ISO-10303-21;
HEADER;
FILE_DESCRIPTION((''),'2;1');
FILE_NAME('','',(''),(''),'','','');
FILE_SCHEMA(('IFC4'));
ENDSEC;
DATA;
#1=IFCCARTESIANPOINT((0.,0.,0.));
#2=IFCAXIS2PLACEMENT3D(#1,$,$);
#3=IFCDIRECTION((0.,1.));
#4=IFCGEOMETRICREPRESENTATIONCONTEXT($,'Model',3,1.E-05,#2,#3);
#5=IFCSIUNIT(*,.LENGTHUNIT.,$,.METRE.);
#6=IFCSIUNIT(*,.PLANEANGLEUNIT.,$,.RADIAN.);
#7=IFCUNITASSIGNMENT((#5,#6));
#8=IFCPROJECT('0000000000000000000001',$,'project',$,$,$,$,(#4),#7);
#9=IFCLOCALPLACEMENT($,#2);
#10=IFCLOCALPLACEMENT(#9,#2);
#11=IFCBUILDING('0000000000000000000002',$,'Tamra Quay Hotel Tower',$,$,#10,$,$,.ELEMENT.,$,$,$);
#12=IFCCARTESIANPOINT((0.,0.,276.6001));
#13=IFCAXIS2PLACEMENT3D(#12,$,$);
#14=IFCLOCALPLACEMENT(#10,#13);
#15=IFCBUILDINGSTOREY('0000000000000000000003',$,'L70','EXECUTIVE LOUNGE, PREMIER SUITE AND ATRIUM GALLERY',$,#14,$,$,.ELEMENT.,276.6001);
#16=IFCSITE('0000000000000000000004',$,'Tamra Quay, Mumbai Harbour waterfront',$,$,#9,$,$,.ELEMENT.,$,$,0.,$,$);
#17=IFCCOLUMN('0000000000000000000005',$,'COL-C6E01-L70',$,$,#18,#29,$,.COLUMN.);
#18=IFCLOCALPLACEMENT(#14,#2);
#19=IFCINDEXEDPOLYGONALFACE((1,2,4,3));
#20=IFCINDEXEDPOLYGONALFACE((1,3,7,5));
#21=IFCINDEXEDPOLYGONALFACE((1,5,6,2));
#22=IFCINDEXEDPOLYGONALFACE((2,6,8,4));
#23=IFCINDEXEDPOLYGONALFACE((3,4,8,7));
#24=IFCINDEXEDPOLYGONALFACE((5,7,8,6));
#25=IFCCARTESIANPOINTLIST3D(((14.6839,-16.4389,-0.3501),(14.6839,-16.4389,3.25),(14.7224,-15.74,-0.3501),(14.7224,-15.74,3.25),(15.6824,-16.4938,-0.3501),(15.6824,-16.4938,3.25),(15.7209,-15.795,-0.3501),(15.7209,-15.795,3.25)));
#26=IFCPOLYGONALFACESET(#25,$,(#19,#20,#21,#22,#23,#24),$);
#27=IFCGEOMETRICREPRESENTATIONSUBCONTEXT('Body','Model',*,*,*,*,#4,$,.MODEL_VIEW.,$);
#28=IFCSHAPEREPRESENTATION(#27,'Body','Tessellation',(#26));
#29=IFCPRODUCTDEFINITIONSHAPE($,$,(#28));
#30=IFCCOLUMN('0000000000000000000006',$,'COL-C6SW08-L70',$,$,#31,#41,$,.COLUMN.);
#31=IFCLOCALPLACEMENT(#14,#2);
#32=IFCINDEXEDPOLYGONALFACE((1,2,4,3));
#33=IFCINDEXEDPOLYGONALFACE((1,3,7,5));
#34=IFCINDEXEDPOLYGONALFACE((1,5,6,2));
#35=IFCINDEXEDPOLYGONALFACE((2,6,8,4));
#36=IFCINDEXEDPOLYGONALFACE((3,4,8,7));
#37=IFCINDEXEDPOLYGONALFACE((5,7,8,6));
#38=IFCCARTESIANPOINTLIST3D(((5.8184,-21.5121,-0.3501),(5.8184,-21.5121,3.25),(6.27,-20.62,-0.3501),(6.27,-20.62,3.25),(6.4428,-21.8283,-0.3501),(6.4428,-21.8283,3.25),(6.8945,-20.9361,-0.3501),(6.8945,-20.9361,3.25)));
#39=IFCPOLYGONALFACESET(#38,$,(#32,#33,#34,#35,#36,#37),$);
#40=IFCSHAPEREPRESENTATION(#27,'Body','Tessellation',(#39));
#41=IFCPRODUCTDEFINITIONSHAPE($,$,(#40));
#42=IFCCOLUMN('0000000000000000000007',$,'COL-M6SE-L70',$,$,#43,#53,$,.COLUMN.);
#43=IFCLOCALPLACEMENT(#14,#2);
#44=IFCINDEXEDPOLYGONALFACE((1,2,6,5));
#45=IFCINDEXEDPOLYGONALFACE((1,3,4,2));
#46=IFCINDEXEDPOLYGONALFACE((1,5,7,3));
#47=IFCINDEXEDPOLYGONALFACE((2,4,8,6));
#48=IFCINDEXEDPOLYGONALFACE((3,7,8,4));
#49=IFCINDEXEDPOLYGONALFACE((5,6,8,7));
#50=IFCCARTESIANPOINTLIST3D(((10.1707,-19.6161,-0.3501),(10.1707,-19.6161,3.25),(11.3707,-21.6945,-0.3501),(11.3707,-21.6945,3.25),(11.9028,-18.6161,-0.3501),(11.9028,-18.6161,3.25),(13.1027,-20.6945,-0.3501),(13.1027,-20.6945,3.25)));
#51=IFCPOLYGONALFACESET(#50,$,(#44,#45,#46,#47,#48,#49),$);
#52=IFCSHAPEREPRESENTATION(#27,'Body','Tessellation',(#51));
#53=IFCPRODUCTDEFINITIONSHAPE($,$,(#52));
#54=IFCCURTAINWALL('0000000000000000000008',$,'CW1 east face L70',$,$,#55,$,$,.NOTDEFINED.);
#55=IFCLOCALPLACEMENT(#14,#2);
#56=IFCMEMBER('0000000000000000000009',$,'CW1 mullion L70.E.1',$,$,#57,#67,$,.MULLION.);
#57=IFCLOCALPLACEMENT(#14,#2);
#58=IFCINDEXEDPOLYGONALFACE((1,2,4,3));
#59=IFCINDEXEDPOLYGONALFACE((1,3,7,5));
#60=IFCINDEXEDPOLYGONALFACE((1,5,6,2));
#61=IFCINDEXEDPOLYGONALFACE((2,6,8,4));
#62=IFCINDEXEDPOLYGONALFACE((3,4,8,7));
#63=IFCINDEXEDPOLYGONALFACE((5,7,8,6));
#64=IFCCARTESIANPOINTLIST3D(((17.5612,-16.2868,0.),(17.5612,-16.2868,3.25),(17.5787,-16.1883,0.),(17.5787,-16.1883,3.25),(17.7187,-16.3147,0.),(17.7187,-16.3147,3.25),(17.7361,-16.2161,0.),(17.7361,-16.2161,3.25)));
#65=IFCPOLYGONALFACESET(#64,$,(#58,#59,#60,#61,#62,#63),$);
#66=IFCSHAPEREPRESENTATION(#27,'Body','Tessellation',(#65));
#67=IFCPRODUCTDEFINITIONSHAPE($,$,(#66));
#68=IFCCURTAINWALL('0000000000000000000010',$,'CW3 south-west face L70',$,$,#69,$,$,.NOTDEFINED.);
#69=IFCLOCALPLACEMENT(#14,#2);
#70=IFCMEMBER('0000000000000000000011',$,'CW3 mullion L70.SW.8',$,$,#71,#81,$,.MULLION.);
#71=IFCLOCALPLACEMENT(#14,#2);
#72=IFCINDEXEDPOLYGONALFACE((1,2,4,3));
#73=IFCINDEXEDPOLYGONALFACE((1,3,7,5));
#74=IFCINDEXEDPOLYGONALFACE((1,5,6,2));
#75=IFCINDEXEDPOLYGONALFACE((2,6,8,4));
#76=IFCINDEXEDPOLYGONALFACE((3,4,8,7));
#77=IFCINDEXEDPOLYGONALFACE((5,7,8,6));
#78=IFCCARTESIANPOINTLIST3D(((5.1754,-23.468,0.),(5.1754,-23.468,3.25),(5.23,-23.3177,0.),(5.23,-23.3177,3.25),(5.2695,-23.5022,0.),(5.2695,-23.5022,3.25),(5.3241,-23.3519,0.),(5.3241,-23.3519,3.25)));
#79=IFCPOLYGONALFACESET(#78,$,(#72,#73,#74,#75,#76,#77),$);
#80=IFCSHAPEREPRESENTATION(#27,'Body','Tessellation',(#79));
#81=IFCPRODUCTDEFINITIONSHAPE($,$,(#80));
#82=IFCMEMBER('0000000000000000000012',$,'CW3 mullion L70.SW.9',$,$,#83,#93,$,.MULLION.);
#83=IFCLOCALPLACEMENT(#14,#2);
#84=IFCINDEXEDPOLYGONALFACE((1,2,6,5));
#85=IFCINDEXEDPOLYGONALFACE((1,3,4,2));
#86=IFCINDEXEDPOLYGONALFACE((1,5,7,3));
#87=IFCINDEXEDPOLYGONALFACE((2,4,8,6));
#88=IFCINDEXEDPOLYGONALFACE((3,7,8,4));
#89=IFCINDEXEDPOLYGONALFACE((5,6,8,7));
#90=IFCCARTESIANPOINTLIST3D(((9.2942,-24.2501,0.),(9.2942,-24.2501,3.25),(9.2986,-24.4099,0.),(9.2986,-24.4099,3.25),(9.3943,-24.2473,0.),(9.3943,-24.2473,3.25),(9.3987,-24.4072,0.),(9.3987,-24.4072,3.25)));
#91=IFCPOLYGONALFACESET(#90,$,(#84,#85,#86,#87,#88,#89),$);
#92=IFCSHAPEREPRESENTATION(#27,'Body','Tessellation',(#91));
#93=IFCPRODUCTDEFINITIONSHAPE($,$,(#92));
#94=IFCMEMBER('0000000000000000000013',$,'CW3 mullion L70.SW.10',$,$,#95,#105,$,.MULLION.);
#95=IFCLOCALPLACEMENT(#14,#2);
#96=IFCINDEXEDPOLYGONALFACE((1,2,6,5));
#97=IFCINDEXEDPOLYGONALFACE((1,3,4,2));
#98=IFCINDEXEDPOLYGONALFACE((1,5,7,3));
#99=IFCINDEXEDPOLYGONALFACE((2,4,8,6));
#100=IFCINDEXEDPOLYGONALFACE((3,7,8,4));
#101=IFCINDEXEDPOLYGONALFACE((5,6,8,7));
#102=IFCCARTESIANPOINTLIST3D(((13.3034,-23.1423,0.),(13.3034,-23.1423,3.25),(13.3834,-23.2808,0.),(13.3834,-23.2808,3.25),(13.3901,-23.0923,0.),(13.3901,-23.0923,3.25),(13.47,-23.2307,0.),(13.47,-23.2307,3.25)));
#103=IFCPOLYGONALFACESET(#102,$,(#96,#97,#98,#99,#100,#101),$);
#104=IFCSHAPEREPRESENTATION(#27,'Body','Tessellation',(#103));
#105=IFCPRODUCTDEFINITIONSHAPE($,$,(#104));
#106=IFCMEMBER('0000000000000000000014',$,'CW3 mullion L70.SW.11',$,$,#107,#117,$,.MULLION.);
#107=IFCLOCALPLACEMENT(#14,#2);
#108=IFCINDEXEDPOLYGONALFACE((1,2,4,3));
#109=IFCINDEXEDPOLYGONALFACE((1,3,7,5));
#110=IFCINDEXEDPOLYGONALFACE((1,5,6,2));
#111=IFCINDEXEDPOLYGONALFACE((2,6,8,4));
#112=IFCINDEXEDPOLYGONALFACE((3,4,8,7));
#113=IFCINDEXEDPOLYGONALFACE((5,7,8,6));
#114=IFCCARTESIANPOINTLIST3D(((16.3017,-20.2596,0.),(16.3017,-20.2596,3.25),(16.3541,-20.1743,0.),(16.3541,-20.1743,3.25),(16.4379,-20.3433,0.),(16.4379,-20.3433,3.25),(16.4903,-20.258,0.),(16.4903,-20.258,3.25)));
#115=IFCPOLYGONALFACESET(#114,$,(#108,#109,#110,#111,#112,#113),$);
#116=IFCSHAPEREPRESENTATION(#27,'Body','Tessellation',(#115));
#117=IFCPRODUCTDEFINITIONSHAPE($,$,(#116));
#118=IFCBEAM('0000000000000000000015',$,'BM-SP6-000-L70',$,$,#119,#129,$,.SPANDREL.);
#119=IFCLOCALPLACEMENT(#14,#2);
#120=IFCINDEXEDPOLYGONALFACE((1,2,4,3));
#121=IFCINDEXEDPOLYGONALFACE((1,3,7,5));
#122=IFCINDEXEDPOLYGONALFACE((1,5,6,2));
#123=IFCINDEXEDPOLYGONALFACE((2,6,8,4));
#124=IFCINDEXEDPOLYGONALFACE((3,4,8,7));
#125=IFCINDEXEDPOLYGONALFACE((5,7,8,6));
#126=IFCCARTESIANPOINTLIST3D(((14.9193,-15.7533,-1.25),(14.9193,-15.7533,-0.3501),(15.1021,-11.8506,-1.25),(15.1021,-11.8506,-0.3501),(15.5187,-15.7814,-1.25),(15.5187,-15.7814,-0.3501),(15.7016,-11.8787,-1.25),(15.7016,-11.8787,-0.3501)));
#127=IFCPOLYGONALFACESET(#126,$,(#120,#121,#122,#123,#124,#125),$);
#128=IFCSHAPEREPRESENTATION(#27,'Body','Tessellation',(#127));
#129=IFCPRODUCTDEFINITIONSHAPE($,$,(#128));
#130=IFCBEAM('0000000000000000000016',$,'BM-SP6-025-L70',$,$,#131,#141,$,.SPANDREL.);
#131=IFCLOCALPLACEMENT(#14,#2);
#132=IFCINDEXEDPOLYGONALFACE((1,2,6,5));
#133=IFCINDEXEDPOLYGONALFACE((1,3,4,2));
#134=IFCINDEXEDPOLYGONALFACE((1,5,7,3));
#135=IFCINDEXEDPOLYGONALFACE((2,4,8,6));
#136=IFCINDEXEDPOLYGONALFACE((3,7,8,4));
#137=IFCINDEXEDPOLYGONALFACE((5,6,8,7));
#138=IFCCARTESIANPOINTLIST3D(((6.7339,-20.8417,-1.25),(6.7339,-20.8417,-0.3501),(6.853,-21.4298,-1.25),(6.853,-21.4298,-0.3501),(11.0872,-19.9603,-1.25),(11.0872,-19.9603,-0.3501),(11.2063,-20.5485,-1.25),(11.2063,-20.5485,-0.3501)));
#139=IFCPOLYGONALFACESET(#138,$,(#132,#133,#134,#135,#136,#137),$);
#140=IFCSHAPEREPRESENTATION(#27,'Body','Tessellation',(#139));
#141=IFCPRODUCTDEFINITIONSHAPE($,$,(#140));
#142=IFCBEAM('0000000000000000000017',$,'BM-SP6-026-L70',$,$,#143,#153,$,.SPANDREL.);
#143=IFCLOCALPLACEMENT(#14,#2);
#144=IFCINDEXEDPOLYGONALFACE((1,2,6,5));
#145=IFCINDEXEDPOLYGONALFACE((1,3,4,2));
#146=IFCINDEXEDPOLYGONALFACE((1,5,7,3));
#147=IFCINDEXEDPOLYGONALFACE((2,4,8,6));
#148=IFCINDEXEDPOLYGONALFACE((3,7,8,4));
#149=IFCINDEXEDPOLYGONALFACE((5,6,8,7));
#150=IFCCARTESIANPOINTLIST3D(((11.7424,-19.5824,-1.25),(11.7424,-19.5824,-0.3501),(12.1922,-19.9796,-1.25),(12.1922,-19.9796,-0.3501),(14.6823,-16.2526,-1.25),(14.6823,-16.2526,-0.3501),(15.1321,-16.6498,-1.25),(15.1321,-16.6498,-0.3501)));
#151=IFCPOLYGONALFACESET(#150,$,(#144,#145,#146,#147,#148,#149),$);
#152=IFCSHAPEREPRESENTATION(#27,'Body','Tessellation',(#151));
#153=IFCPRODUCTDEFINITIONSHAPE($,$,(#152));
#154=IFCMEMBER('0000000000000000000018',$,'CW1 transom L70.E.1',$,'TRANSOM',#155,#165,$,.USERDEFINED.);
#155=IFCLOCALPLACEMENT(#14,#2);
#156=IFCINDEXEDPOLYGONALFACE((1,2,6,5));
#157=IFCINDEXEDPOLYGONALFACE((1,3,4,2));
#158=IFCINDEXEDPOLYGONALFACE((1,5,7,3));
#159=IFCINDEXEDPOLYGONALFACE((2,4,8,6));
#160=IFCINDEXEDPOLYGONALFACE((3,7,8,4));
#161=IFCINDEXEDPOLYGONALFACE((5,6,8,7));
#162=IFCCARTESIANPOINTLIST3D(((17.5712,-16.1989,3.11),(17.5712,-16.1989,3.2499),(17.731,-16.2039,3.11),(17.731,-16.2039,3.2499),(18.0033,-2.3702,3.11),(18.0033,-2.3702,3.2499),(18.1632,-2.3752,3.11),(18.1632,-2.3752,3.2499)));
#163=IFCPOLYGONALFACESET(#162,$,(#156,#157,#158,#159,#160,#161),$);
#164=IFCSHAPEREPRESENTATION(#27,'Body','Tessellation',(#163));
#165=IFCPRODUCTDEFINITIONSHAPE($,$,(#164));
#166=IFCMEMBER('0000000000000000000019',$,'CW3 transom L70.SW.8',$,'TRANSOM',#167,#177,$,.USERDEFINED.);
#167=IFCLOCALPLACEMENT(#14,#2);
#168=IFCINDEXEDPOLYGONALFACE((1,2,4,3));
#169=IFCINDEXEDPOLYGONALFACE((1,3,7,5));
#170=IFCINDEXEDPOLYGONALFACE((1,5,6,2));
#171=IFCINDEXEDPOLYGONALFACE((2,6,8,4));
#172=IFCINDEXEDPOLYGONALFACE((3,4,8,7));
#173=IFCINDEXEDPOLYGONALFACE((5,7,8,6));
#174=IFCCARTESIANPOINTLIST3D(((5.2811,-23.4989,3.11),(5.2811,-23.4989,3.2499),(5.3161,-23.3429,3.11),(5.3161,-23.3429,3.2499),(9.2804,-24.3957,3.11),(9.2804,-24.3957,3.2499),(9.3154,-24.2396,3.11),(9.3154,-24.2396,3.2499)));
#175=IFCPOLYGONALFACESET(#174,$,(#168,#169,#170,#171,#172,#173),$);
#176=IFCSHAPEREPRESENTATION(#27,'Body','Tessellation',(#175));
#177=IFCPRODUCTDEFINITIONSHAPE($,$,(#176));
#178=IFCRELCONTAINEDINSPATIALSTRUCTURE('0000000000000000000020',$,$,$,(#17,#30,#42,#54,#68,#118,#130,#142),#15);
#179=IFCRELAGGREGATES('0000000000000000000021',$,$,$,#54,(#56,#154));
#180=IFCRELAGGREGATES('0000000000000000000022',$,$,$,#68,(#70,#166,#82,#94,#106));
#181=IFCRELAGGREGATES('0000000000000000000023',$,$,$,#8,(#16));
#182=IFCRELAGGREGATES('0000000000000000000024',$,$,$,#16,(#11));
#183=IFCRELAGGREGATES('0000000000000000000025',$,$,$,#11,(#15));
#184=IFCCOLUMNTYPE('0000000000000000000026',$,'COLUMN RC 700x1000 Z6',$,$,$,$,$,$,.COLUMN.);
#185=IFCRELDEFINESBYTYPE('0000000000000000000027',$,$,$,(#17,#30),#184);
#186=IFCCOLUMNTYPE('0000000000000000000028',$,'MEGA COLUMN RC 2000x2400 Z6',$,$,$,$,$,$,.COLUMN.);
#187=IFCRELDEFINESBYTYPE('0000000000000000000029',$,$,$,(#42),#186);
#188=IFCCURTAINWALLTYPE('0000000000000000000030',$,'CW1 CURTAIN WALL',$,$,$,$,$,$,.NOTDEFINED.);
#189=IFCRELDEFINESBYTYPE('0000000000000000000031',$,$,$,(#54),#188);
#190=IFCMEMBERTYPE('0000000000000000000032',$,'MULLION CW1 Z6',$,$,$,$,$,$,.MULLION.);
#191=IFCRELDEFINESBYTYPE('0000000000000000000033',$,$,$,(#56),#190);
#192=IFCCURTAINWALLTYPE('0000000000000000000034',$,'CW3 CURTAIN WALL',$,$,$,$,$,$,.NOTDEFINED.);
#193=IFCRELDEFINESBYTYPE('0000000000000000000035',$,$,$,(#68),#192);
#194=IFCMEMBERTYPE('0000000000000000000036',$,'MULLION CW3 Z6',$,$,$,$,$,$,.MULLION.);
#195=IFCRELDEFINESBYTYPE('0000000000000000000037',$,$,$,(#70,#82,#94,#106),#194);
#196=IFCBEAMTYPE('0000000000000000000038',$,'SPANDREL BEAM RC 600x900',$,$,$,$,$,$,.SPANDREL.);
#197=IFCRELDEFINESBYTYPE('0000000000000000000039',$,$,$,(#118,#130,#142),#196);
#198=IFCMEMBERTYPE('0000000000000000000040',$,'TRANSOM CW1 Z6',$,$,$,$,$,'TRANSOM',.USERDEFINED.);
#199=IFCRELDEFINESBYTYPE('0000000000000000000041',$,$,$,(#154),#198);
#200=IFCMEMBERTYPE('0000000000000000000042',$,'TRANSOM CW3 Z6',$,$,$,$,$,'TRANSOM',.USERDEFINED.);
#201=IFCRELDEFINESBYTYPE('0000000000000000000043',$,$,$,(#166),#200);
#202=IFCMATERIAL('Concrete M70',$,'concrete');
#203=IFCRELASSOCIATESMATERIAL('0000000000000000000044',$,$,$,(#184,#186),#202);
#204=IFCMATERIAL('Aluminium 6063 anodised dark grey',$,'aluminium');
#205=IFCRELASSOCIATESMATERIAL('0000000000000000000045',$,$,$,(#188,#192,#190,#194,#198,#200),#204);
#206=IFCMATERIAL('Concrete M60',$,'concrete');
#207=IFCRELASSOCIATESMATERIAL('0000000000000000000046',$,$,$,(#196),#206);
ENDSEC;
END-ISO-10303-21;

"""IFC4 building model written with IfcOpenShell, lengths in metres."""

from ifc_helpers import new_model, si_unit, direction, frame, origin, origin_2d, place, context, subcontext, project, spatial, rectangle, extrude, material, material_profile, profile_set, type_object, element, aggregate, save


model = new_model("IFC4")

# Units and contexts
model_context = context("Model", 3, precision=1e-05, world=origin(), true_north=direction((0.0, 1.0)))
body_context = subcontext(model_context, "Body", "Model", "MODEL_VIEW")
ifc_project = project(units=[si_unit("LENGTHUNIT", "METRE"), si_unit("PLANEANGLEUNIT", "RADIAN")], contexts=[model_context])

# Site, building, storey
site_placement = place(None, origin())
site = spatial("IfcSite", under=ifc_project, at=site_placement, Name="Tamra Quay, Mumbai Harbour waterfront", CompositionType="ELEMENT", RefElevation=0.0)
building_placement = place(site_placement, origin())
building = spatial("IfcBuilding", under=site, at=building_placement, Name="Tamra Quay Hotel Tower", CompositionType="ELEMENT")
storey_placement = place(building_placement, frame((0.0, 0.0, 276.6001)))
storey = spatial("IfcBuildingStorey", under=building, at=storey_placement, Name="L70", Description="EXECUTIVE LOUNGE, PREMIER SUITE AND ATRIUM GALLERY", CompositionType="ELEMENT", Elevation=276.6001)

# Columns
ifc_material_1 = material(Name="Concrete M70", Category="concrete")
ifc_material_profile_1 = material_profile(ifc_material_1, rectangle(XDim=1.0, YDim=0.7, at=origin_2d()), Name="COLUMN RC 700x1000 Z6")
ifc_profile_set_1 = profile_set([ifc_material_profile_1], Name="Concrete M70")
column_type_1 = type_object("IfcColumnType", Name="COLUMN RC 700x1000 Z6", PredefinedType="COLUMN", material=ifc_profile_set_1)
for number, where, z_axis, x_axis, name in (
    (1, (15.2024, -16.1169, -0.3501), (0.0, 0.0, 1.0), (-0.998491, 0.054917, 0.0), "COL-C6E01-L70"),
    (2, (6.3564, -21.2241, -0.3501), (0.0, 0.0, 1.0), (0.451686, 0.892177, 0.0), "COL-C6SW08-L70"),
):
    element("IfcColumn", number, at=place(storey_placement, frame(where, z_axis=z_axis, x_axis=x_axis)), inside=storey, type_object=column_type_1, Name=name, PredefinedType="COLUMN", context=body_context, shape_type="SweptSolid", body=[
        extrude(rectangle(XDim=1.0, YDim=0.7, at=origin_2d()), origin(), (0.0, 0.0, 1.0), 3.6001),
    ])
ifc_material_profile_2 = material_profile(ifc_material_1, rectangle(XDim=2.3999, YDim=2.0, at=origin_2d()), Name="MEGA COLUMN RC 2000x2400 Z6")
ifc_profile_set_2 = profile_set([ifc_material_profile_2], Name="Concrete M70")
column_type_2 = type_object("IfcColumnType", Name="MEGA COLUMN RC 2000x2400 Z6", PredefinedType="COLUMN", material=ifc_profile_set_2)
column_placement = place(storey_placement, frame((11.6367, -20.1553, -0.3501), z_axis=(0.0, 0.0, 1.0), x_axis=(-0.5, 0.866025, 0.0)))
element("IfcColumn", 3, at=column_placement, inside=storey, type_object=column_type_2, Name="COL-M6SE-L70", PredefinedType="COLUMN", context=body_context, shape_type="SweptSolid", body=[
    extrude(rectangle(XDim=2.3999, YDim=2.0, at=origin_2d()), origin(), (0.0, 0.0, 1.0), 3.6001),
])

# Curtain wall, member
ifc_material_2 = material(Name="Aluminium 6063 anodised dark grey", Category="aluminium")
curtain_wall_type_1 = type_object("IfcCurtainWallType", Name="CW1 CURTAIN WALL", PredefinedType="NOTDEFINED", material=ifc_material_2)
curtain_wall_1_placement = place(storey_placement, origin())
curtain_wall_1 = element("IfcCurtainWall", 4, at=curtain_wall_1_placement, inside=storey, type_object=curtain_wall_type_1, Name="CW1 east face L70", PredefinedType="NOTDEFINED")
ifc_material_profile_3 = material_profile(ifc_material_2, rectangle(XDim=0.1599, YDim=0.1001, at=origin_2d()), Name="MULLION 100X160")
ifc_profile_set_3 = profile_set([ifc_material_profile_3], Name="Aluminium 6063 anodised dark grey")
member_type_1 = type_object("IfcMemberType", Name="MULLION CW1 Z6", PredefinedType="MULLION", material=ifc_profile_set_3)
member_1_placement = place(storey_placement, frame((17.6487, -16.2515, 0.0), z_axis=(0.0, 0.0, 1.0), x_axis=(0.98474, -0.174032, 0.0)))
member_1 = element("IfcMember", 5, at=member_1_placement, type_object=member_type_1, Name="CW1 mullion L70.E.1", PredefinedType="MULLION", context=body_context, shape_type="SweptSolid", body=[
    extrude(rectangle(XDim=0.1599, YDim=0.1001, at=origin_2d()), origin(), (0.0, 0.0, 1.0), 3.25),
])

# Curtain wall, members
curtain_wall_type_2 = type_object("IfcCurtainWallType", Name="CW3 CURTAIN WALL", PredefinedType="NOTDEFINED", material=ifc_material_2)
curtain_wall_2_placement = place(storey_placement, origin())
curtain_wall_2 = element("IfcCurtainWall", 6, at=curtain_wall_2_placement, inside=storey, type_object=curtain_wall_type_2, Name="CW3 south-west face L70", PredefinedType="NOTDEFINED")
ifc_material_profile_4 = material_profile(ifc_material_2, rectangle(XDim=0.1599, YDim=0.1001, at=origin_2d()), Name="MULLION 100X160")
ifc_profile_set_4 = profile_set([ifc_material_profile_4], Name="Aluminium 6063 anodised dark grey")
member_type_2 = type_object("IfcMemberType", Name="MULLION CW3 Z6", PredefinedType="MULLION", material=ifc_profile_set_4)
member_2_placement = place(storey_placement, frame((5.2498, -23.4099, 0.0), z_axis=(0.0, 0.0, 1.0), x_axis=(-0.341653, -0.939826, 0.0)))
member_2 = element("IfcMember", 7, at=member_2_placement, type_object=member_type_2, Name="CW3 mullion L70.SW.8", PredefinedType="MULLION", context=body_context, shape_type="SweptSolid", body=[
    extrude(rectangle(XDim=0.1599, YDim=0.1001, at=origin_2d()), origin(), (0.0, 0.0, 1.0), 3.25),
])
member_3_placement = place(storey_placement, frame((9.3464, -24.3286, 0.0), z_axis=(0.0, 0.0, 1.0), x_axis=(0.027469, -0.999623, 0.0)))
member_3 = element("IfcMember", 8, at=member_3_placement, type_object=member_type_2, Name="CW3 mullion L70.SW.9", PredefinedType="MULLION", context=body_context, shape_type="SweptSolid", body=[
    extrude(rectangle(XDim=0.1599, YDim=0.1001, at=origin_2d()), origin(), (0.0, 0.0, 1.0), 3.25),
])
member_4_placement = place(storey_placement, frame((13.3867, -23.1865, 0.0), z_axis=(0.0, 0.0, 1.0), x_axis=(0.5, -0.866025, 0.0)))
member_4 = element("IfcMember", 9, at=member_4_placement, type_object=member_type_2, Name="CW3 mullion L70.SW.10", PredefinedType="MULLION", context=body_context, shape_type="SweptSolid", body=[
    extrude(rectangle(XDim=0.1599, YDim=0.1001, at=origin_2d()), origin(), (0.0, 0.0, 1.0), 3.25),
])
member_5_placement = place(storey_placement, frame((16.396, -20.2588, 0.0), z_axis=(0.0, 0.0, 1.0), x_axis=(0.851964, -0.5236, 0.0)))
member_5 = element("IfcMember", 10, at=member_5_placement, type_object=member_type_2, Name="CW3 mullion L70.SW.11", PredefinedType="MULLION", context=body_context, shape_type="SweptSolid", body=[
    extrude(rectangle(XDim=0.1599, YDim=0.1001, at=origin_2d()), origin(), (0.0, 0.0, 1.0), 3.25),
])

# Beams
ifc_material_3 = material(Name="Concrete M60", Category="concrete")
ifc_material_profile_5 = material_profile(ifc_material_3, rectangle(XDim=0.6001, YDim=0.8999, at=origin_2d()), Name="SPANDREL BEAM RC 600x900")
ifc_profile_set_5 = profile_set([ifc_material_profile_5], Name="Concrete M60")
beam_type = type_object("IfcBeamType", Name="SPANDREL BEAM RC 600x900", PredefinedType="SPANDREL", material=ifc_profile_set_5)
beam_1_placement = place(storey_placement, frame((15.219, -15.7673, -0.8), z_axis=(0.046805, 0.998904, 0.0), x_axis=(-0.998904, 0.046805, 0.0)))
element("IfcBeam", 11, at=beam_1_placement, inside=storey, type_object=beam_type, Name="BM-SP6-000-L70", PredefinedType="SPANDREL", context=body_context, shape_type="SweptSolid", body=[
    extrude(rectangle(XDim=0.6001, YDim=0.8999, at=origin_2d()), origin(), (0.0, 0.0, 1.0), 3.907),
])
beam_2_placement = place(storey_placement, frame((6.7935, -21.1357, -0.8), z_axis=(0.980115, 0.198431, 0.0), x_axis=(-0.198431, 0.980115, 0.0)))
element("IfcBeam", 12, at=beam_2_placement, inside=storey, type_object=beam_type, Name="BM-SP6-025-L70", PredefinedType="SPANDREL", context=body_context, shape_type="SweptSolid", body=[
    extrude(rectangle(XDim=0.6001, YDim=0.8999, at=origin_2d()), origin(), (0.0, 0.0, 1.0), 4.4417),
])
beam_3_placement = place(storey_placement, frame((11.9673, -19.781, -0.8), z_axis=(0.661856, 0.749631, 0.0), x_axis=(-0.749631, 0.661856, 0.0)))
element("IfcBeam", 13, at=beam_3_placement, inside=storey, type_object=beam_type, Name="BM-SP6-026-L70", PredefinedType="SPANDREL", context=body_context, shape_type="SweptSolid", body=[
    extrude(rectangle(XDim=0.6001, YDim=0.8999, at=origin_2d()), origin(), (0.0, 0.0, 1.0), 4.4419),
])

# Members
ifc_material_profile_6 = material_profile(ifc_material_2, rectangle(XDim=0.1599, YDim=0.1399, at=origin_2d()), Name="TRANSOM 160X140")
ifc_profile_set_6 = profile_set([ifc_material_profile_6], Name="Aluminium 6063 anodised dark grey")
member_type_3 = type_object("IfcMemberType", Name="TRANSOM CW1 Z6", ElementType="TRANSOM", PredefinedType="USERDEFINED", material=ifc_profile_set_6)
member_6_placement = place(storey_placement, frame((17.6511, -16.2014, 3.1799), z_axis=(0.031234, 0.999512, 0.0), x_axis=(-0.999512, 0.031234, 0.0)))
member_6 = element("IfcMember", 14, at=member_6_placement, type_object=member_type_3, Name="CW1 transom L70.E.1", ObjectType="TRANSOM", PredefinedType="USERDEFINED", context=body_context, shape_type="SweptSolid", body=[
    extrude(rectangle(XDim=0.1599, YDim=0.1399, at=origin_2d()), origin(), (0.0, 0.0, 1.0), 13.8354),
])
aggregate(curtain_wall_1, [member_1, member_6])
ifc_material_profile_7 = material_profile(ifc_material_2, rectangle(XDim=0.1599, YDim=0.1399, at=origin_2d()), Name="TRANSOM 160X140")
ifc_profile_set_7 = profile_set([ifc_material_profile_7], Name="Aluminium 6063 anodised dark grey")
member_type_4 = type_object("IfcMemberType", Name="TRANSOM CW3 Z6", ElementType="TRANSOM", PredefinedType="USERDEFINED", material=ifc_profile_set_7)
member_7_placement = place(storey_placement, frame((5.2986, -23.4209, 3.1799), z_axis=(0.975772, -0.218791, 0.0), x_axis=(0.218791, 0.975772, 0.0)))
member_7 = element("IfcMember", 15, at=member_7_placement, type_object=member_type_4, Name="CW3 transom L70.SW.8", ObjectType="TRANSOM", PredefinedType="USERDEFINED", context=body_context, shape_type="SweptSolid", body=[
    extrude(rectangle(XDim=0.1599, YDim=0.1399, at=origin_2d()), origin(), (0.0, 0.0, 1.0), 4.0986),
])

aggregate(curtain_wall_2, [member_2, member_7, member_3, member_4, member_5])

save(model, "model.ifc")
